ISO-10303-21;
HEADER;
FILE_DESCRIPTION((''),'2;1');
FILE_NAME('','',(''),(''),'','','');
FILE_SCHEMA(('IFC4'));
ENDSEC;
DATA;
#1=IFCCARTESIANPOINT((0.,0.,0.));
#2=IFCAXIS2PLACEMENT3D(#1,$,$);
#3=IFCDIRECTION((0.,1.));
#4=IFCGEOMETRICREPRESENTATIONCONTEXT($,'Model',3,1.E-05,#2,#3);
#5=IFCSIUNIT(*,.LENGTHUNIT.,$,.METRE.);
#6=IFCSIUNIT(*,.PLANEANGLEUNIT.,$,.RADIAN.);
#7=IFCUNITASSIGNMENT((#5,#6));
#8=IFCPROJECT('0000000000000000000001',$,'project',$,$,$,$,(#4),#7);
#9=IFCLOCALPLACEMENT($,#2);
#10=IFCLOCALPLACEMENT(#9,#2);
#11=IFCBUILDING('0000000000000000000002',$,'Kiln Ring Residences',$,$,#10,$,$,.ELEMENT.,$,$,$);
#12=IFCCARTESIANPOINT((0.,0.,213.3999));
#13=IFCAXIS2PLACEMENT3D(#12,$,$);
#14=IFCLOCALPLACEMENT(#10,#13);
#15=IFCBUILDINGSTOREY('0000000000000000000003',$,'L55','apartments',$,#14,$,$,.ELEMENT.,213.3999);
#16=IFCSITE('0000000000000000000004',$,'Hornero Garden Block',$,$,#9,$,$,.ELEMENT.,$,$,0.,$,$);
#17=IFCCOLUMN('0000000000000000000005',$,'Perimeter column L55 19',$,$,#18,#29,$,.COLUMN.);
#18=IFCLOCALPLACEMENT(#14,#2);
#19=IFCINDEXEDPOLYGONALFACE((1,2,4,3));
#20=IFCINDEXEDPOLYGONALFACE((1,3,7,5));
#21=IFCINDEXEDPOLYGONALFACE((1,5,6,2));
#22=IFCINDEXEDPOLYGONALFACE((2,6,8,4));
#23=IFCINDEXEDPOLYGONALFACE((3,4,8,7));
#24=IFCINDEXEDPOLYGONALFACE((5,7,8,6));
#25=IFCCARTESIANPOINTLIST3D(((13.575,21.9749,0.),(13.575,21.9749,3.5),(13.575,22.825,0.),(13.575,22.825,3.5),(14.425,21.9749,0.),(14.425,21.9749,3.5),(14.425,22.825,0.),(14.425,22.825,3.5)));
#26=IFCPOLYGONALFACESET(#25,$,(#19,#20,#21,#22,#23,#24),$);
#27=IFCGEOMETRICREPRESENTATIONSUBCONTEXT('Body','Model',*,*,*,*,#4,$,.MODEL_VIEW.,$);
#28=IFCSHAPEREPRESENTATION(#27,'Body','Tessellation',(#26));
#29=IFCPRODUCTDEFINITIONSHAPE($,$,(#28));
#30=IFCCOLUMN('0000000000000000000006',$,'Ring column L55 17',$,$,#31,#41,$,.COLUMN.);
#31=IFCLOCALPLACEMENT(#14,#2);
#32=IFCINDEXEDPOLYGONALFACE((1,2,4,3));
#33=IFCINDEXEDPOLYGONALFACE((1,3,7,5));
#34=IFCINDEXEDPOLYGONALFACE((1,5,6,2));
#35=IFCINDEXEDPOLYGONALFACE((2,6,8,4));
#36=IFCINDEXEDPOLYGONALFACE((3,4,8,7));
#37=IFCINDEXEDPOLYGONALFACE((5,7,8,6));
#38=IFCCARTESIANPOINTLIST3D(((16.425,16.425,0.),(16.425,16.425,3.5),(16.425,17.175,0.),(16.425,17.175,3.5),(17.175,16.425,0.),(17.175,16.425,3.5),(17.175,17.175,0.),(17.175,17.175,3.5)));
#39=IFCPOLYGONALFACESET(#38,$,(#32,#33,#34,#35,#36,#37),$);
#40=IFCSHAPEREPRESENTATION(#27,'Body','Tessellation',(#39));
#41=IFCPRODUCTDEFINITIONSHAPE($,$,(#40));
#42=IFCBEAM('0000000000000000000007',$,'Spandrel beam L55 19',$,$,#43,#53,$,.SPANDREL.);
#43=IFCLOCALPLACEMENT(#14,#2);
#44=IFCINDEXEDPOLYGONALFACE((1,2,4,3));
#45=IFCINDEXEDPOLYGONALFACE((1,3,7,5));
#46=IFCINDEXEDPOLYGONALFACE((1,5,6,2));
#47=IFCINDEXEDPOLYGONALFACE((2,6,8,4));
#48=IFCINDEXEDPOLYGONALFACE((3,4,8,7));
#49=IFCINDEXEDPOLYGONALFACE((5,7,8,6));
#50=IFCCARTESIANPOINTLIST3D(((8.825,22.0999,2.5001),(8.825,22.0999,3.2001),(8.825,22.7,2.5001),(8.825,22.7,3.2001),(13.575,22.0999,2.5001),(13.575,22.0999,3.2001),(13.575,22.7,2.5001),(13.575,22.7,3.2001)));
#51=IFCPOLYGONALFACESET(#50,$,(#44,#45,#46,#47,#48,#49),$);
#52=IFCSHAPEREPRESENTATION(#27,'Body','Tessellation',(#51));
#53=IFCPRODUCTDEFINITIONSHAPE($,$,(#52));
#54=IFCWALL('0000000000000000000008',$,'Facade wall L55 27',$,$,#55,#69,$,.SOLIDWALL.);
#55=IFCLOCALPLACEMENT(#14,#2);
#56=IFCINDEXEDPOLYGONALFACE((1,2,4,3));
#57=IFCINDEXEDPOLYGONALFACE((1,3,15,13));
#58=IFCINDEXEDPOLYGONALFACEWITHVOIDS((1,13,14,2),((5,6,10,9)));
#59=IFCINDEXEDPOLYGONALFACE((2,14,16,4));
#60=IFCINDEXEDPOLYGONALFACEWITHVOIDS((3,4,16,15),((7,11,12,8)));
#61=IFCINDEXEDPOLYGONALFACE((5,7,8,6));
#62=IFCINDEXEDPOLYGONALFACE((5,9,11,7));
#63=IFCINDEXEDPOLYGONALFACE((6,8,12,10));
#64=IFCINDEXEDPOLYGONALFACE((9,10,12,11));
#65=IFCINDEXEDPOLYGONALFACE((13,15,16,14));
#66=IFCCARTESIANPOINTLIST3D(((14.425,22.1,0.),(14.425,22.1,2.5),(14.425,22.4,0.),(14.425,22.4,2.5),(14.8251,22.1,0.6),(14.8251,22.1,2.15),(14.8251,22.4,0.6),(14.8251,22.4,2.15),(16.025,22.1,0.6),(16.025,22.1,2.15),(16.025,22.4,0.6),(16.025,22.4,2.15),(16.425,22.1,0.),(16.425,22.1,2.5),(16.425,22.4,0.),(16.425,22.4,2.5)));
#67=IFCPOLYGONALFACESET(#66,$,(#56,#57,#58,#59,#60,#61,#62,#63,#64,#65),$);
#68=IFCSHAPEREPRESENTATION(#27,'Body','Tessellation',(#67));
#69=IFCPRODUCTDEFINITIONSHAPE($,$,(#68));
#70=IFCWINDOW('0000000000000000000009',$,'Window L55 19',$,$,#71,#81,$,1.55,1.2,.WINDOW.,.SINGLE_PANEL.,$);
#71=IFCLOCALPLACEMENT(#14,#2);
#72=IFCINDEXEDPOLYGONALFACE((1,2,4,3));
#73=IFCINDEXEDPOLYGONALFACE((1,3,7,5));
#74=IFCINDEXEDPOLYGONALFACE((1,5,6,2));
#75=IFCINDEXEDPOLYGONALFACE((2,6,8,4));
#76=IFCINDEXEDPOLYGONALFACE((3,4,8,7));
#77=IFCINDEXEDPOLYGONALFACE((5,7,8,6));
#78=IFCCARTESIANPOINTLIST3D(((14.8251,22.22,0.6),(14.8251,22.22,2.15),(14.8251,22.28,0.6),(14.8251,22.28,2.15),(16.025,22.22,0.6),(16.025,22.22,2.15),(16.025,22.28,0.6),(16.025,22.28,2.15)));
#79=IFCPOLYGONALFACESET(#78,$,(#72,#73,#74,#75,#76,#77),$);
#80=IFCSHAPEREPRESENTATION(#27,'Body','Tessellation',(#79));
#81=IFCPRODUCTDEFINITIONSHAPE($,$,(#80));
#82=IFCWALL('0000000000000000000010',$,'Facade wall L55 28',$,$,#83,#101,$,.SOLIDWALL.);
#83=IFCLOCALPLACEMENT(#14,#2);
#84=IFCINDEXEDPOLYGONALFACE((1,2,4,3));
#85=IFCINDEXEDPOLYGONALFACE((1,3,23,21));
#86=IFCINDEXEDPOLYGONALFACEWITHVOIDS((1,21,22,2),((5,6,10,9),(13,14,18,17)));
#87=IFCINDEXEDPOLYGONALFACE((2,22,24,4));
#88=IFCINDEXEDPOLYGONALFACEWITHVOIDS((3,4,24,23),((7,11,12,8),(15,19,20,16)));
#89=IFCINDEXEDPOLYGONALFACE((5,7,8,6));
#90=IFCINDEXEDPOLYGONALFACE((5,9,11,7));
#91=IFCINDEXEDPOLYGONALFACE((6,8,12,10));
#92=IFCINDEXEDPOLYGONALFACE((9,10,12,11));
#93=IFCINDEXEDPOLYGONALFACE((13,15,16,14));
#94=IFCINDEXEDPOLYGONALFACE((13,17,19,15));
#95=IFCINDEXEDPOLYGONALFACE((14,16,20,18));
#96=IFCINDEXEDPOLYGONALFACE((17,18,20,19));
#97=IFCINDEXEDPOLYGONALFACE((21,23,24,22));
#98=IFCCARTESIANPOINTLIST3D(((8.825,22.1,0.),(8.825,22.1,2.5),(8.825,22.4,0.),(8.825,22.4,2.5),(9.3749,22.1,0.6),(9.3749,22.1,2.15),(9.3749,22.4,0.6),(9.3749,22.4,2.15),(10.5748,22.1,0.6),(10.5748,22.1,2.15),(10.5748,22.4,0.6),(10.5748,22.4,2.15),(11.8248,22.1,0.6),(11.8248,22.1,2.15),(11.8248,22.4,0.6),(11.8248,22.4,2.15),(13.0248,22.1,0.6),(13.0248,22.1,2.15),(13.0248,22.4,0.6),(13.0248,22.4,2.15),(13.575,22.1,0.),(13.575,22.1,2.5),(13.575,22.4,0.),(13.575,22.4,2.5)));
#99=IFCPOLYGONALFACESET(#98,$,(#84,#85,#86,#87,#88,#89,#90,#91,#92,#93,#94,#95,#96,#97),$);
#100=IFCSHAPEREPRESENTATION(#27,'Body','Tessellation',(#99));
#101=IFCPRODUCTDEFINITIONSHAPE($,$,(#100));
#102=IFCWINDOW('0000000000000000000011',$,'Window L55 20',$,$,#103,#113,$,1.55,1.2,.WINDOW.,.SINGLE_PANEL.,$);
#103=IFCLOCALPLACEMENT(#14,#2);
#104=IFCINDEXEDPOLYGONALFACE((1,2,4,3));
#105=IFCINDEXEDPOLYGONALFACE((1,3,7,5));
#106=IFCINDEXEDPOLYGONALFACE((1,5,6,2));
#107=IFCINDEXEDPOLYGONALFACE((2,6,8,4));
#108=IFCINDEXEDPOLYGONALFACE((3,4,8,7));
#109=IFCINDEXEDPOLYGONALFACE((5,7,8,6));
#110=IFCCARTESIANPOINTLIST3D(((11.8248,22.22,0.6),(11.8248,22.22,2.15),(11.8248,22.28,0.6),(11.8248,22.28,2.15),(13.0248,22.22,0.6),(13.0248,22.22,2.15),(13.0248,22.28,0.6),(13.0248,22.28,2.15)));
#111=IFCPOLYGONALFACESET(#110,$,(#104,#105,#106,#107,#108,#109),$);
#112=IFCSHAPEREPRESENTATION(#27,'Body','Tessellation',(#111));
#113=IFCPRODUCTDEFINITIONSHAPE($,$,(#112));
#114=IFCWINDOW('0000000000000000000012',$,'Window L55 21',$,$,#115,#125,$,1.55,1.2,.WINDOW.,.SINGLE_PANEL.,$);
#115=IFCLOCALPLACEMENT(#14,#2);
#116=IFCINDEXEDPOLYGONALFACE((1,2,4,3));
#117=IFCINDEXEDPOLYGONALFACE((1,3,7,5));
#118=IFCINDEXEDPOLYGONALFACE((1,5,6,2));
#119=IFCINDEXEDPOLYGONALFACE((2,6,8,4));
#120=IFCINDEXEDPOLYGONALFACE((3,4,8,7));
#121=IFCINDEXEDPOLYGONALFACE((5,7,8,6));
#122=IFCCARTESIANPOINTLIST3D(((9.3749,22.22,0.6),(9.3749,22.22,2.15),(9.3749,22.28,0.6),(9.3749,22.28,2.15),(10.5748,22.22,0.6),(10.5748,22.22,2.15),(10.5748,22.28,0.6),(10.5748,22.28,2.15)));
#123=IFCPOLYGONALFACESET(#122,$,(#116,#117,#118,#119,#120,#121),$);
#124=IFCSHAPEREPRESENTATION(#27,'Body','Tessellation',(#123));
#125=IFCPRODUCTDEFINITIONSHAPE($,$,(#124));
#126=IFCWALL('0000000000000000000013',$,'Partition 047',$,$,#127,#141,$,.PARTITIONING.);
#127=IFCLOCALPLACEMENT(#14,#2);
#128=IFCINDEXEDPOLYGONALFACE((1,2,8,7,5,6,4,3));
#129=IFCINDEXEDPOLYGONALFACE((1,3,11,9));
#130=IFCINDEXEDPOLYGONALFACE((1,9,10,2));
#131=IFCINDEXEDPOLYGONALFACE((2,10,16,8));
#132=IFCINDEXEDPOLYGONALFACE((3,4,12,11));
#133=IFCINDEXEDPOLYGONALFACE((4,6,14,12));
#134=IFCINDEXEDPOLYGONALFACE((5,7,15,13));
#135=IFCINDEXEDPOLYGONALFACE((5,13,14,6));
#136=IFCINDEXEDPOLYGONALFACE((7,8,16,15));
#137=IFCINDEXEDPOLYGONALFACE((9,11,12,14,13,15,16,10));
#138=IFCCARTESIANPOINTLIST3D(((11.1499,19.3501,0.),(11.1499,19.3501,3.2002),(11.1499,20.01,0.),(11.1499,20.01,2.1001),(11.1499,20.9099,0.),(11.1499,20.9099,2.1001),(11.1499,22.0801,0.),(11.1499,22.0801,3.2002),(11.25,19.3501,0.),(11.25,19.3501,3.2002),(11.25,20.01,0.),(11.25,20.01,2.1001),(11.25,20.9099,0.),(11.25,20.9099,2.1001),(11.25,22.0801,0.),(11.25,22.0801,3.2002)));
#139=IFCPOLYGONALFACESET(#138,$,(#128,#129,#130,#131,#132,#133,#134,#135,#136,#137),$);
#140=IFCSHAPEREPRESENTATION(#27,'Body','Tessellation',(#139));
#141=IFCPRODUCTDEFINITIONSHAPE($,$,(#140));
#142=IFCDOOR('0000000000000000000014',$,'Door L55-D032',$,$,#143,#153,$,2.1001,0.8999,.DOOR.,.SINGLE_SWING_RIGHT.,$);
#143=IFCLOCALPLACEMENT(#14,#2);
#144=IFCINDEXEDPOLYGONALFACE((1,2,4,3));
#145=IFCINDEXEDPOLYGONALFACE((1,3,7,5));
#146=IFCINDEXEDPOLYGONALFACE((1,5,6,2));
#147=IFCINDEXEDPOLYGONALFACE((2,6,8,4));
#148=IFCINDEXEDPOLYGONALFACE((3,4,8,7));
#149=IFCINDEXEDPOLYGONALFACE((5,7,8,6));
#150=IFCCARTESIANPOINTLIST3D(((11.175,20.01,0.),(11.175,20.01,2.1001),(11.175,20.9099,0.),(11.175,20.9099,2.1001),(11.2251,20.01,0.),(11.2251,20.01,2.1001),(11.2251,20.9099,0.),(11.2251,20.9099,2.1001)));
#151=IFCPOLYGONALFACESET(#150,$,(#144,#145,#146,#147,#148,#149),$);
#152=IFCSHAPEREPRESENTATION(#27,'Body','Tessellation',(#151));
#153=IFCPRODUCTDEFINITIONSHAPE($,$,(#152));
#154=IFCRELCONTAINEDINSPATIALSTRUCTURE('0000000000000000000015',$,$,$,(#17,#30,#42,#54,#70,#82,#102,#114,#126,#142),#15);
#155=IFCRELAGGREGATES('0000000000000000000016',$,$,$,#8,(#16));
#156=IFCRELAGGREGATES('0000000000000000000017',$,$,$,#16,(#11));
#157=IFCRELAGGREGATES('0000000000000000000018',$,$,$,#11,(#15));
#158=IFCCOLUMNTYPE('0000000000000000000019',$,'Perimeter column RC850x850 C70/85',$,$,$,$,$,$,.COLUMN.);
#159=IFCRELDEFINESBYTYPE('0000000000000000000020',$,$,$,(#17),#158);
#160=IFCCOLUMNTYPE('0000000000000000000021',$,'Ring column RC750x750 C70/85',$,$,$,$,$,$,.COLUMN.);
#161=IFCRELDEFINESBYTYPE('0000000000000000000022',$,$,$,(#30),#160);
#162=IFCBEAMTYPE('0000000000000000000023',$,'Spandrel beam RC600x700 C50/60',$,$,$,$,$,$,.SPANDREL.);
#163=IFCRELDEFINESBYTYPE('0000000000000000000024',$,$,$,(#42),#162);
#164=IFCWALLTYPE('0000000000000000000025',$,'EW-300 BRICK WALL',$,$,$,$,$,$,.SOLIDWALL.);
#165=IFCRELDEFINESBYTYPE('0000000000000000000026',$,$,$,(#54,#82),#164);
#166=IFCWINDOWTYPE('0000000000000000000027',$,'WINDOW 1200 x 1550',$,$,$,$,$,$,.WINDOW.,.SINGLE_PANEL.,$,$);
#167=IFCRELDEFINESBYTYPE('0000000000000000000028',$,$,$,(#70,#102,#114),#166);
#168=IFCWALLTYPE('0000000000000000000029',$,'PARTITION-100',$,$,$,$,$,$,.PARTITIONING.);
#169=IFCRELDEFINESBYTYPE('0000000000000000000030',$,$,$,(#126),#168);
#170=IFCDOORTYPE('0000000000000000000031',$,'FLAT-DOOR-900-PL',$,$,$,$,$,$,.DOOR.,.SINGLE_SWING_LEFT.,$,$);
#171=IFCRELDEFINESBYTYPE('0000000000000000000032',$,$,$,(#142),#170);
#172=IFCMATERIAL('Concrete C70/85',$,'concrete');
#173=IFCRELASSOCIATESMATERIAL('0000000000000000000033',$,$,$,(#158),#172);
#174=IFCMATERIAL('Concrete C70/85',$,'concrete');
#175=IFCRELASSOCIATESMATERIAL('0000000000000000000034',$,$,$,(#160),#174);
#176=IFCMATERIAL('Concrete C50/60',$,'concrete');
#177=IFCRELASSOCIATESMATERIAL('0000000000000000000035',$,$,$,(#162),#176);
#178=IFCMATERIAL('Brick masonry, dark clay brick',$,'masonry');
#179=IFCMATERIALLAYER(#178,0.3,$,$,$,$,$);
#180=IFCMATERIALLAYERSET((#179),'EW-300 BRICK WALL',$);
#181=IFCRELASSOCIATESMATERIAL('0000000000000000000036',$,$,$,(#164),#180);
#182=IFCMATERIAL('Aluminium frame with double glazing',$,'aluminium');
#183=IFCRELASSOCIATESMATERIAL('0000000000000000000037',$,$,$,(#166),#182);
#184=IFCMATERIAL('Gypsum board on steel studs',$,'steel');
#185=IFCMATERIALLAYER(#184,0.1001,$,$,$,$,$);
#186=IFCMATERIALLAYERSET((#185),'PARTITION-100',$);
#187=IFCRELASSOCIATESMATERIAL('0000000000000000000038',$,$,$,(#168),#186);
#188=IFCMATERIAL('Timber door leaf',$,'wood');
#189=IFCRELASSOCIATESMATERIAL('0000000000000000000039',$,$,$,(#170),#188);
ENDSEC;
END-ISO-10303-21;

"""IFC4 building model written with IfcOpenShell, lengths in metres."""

from ifc_helpers import new_model, si_unit, direction, frame, frame_2d, origin, origin_2d, place, context, subcontext, project, spatial, rectangle, extrude, material, layer, layer_set, material_profile, profile_set, type_object, element, fill, save


model = new_model("IFC4")

# Units and contexts
model_context = context("Model", 3, precision=1e-05, world=origin(), true_north=direction((0.0, 1.0)))
body_context = subcontext(model_context, "Body", "Model", "MODEL_VIEW")
ifc_project = project(units=[si_unit("LENGTHUNIT", "METRE"), si_unit("PLANEANGLEUNIT", "RADIAN")], contexts=[model_context])

# Site, building, storey
site_placement = place(None, origin())
site = spatial("IfcSite", under=ifc_project, at=site_placement, Name="Hornero Garden Block", CompositionType="ELEMENT", RefElevation=0.0)
building_placement = place(site_placement, origin())
building = spatial("IfcBuilding", under=site, at=building_placement, Name="Kiln Ring Residences", CompositionType="ELEMENT")
storey_placement = place(building_placement, frame((0.0, 0.0, 213.3999)))
storey = spatial("IfcBuildingStorey", under=building, at=storey_placement, Name="L55", Description="apartments", CompositionType="ELEMENT", Elevation=213.3999)

# Columns
ifc_material_1 = material(Name="Concrete C70/85", Category="concrete")
ifc_material_profile_1 = material_profile(ifc_material_1, rectangle(XDim=0.8501, YDim=0.8501, at=origin_2d()), Name="RC850x850")
ifc_profile_set_1 = profile_set([ifc_material_profile_1], Name="Concrete C70/85")
column_type_1 = type_object("IfcColumnType", Name="Perimeter column RC850x850 C70/85", PredefinedType="COLUMN", material=ifc_profile_set_1)
column_1_placement = place(storey_placement, frame((14.0, 22.3999, 0.0), z_axis=(0.0, 0.0, 1.0), x_axis=(1.0, 0.0, 0.0)))
element("IfcColumn", 1, at=column_1_placement, inside=storey, type_object=column_type_1, Name="Perimeter column L55 19", PredefinedType="COLUMN", context=body_context, shape_type="SweptSolid", body=[
    extrude(rectangle(XDim=0.8501, YDim=0.8501, at=origin_2d()), origin(), (0.0, 0.0, 1.0), 3.5),
])
ifc_material_2 = material(Name="Concrete C70/85", Category="concrete")
ifc_material_profile_2 = material_profile(ifc_material_2, rectangle(XDim=0.75, YDim=0.75, at=origin_2d()), Name="RC750x750")
ifc_profile_set_2 = profile_set([ifc_material_profile_2], Name="Concrete C70/85")
column_type_2 = type_object("IfcColumnType", Name="Ring column RC750x750 C70/85", PredefinedType="COLUMN", material=ifc_profile_set_2)
column_2_placement = place(storey_placement, frame((16.8, 16.8, 0.0), z_axis=(0.0, 0.0, 1.0), x_axis=(1.0, 0.0, 0.0)))
element("IfcColumn", 2, at=column_2_placement, inside=storey, type_object=column_type_2, Name="Ring column L55 17", PredefinedType="COLUMN", context=body_context, shape_type="SweptSolid", body=[
    extrude(rectangle(XDim=0.75, YDim=0.75, at=origin_2d()), origin(), (0.0, 0.0, 1.0), 3.5),
])

# Beam
ifc_material_3 = material(Name="Concrete C50/60", Category="concrete")
ifc_material_profile_3 = material_profile(ifc_material_3, rectangle(XDim=0.6001, YDim=0.7, at=origin_2d()), Name="RC600x700")
ifc_profile_set_3 = profile_set([ifc_material_profile_3], Name="Concrete C50/60")
beam_type = type_object("IfcBeamType", Name="Spandrel beam RC600x700 C50/60", PredefinedType="SPANDREL", material=ifc_profile_set_3)
beam_placement = place(storey_placement, frame((13.575, 22.3999, 2.8501), z_axis=(-1.0, 0.0, 0.0), x_axis=(0.0, -1.0, 0.0)))
element("IfcBeam", 3, at=beam_placement, inside=storey, type_object=beam_type, Name="Spandrel beam L55 19", PredefinedType="SPANDREL", context=body_context, shape_type="SweptSolid", body=[
    extrude(rectangle(XDim=0.6001, YDim=0.7, at=origin_2d()), origin(), (0.0, 0.0, 1.0), 4.75),
])

# Wall, opening, window
ifc_material_4 = material(Name="Brick masonry, dark clay brick", Category="masonry")
ifc_layer_1 = layer(ifc_material_4, 0.3)
ifc_layer_set_1 = layer_set([ifc_layer_1], Name="EW-300 BRICK WALL")
wall_type_1 = type_object("IfcWallType", Name="EW-300 BRICK WALL", PredefinedType="SOLIDWALL", material=ifc_layer_set_1)
wall_1_placement = place(storey_placement, frame((16.425, 22.25, 0.0), z_axis=(0.0, 0.0, 1.0), x_axis=(-1.0, 0.0, 0.0)))
wall_1 = element("IfcWall", 4, at=wall_1_placement, inside=storey, type_object=wall_type_1, Name="Facade wall L55 27", PredefinedType="SOLIDWALL", context=body_context, shape_type="SweptSolid", body=[
    extrude(rectangle(XDim=2.0, YDim=0.3, at=frame_2d((1.0, 0.0))), origin(), (0.0, 0.0, 1.0), 2.5),
])
opening_1_placement = place(wall_1_placement, frame((0.3999, 0.0, 0.6001)))
opening_1 = element("IfcOpeningElement", 5, at=opening_1_placement, cuts=wall_1, PredefinedType="OPENING", context=body_context, shape_type="SweptSolid", body=[
    extrude(rectangle(XDim=1.2, YDim=1.55, at=frame_2d((0.6001, 0.7749))), frame((0.0, 0.1599, 0.0), z_axis=(0.0, -1.0, 0.0), x_axis=(1.0, 0.0, 0.0)), (0.0, 0.0, 1.0), 0.3201),
])
ifc_material_5 = material(Name="Aluminium frame with double glazing", Category="aluminium")
window_type = type_object("IfcWindowType", Name="WINDOW 1200 x 1550", PartitioningType="SINGLE_PANEL", PredefinedType="WINDOW", material=ifc_material_5)
window_1_placement = place(opening_1_placement, origin())
window_1 = element("IfcWindow", 6, at=window_1_placement, inside=storey, type_object=window_type, Name="Window L55 19", OverallHeight=1.55, OverallWidth=1.2, PartitioningType="SINGLE_PANEL", PredefinedType="WINDOW", context=body_context, shape_type="SweptSolid", body=[
    extrude(rectangle(XDim=1.2, YDim=1.55, at=frame_2d((0.6001, 0.7749))), frame((0.0, 0.03, 0.0), z_axis=(0.0, -1.0, 0.0), x_axis=(1.0, 0.0, 0.0)), (0.0, 0.0, 1.0), 0.0601),
])
fill(opening_1, window_1)

# Wall, openings, windows
wall_2_placement = place(storey_placement, frame((13.575, 22.25, 0.0), z_axis=(0.0, 0.0, 1.0), x_axis=(-1.0, 0.0, 0.0)))
wall_2 = element("IfcWall", 7, at=wall_2_placement, inside=storey, type_object=wall_type_1, Name="Facade wall L55 28", PredefinedType="SOLIDWALL", context=body_context, shape_type="SweptSolid", body=[
    extrude(rectangle(XDim=4.75, YDim=0.3, at=frame_2d((2.375, 0.0))), origin(), (0.0, 0.0, 1.0), 2.5),
])
opening_2_placement = place(wall_2_placement, frame((0.55, 0.0, 0.6001)))
opening_2 = element("IfcOpeningElement", 8, at=opening_2_placement, cuts=wall_2, PredefinedType="OPENING", context=body_context, shape_type="SweptSolid", body=[
    extrude(rectangle(XDim=1.2, YDim=1.55, at=frame_2d((0.6001, 0.7749))), frame((0.0, 0.1599, 0.0), z_axis=(0.0, -1.0, 0.0), x_axis=(1.0, 0.0, 0.0)), (0.0, 0.0, 1.0), 0.3201),
])
opening_3_placement = place(wall_2_placement, frame((3.0, 0.0, 0.6001)))
opening_3 = element("IfcOpeningElement", 9, at=opening_3_placement, cuts=wall_2, PredefinedType="OPENING", context=body_context, shape_type="SweptSolid", body=[
    extrude(rectangle(XDim=1.2, YDim=1.55, at=frame_2d((0.6001, 0.7749))), frame((0.0, 0.1599, 0.0), z_axis=(0.0, -1.0, 0.0), x_axis=(1.0, 0.0, 0.0)), (0.0, 0.0, 1.0), 0.3201),
])
window_2_placement = place(opening_2_placement, origin())
window_2 = element("IfcWindow", 10, at=window_2_placement, inside=storey, type_object=window_type, Name="Window L55 20", OverallHeight=1.55, OverallWidth=1.2, PartitioningType="SINGLE_PANEL", PredefinedType="WINDOW", context=body_context, shape_type="SweptSolid", body=[
    extrude(rectangle(XDim=1.2, YDim=1.55, at=frame_2d((0.6001, 0.7749))), frame((0.0, 0.03, 0.0), z_axis=(0.0, -1.0, 0.0), x_axis=(1.0, 0.0, 0.0)), (0.0, 0.0, 1.0), 0.0601),
])
fill(opening_2, window_2)
window_3_placement = place(opening_3_placement, origin())
window_3 = element("IfcWindow", 11, at=window_3_placement, inside=storey, type_object=window_type, Name="Window L55 21", OverallHeight=1.55, OverallWidth=1.2, PartitioningType="SINGLE_PANEL", PredefinedType="WINDOW", context=body_context, shape_type="SweptSolid", body=[
    extrude(rectangle(XDim=1.2, YDim=1.55, at=frame_2d((0.6001, 0.7749))), frame((0.0, 0.03, 0.0), z_axis=(0.0, -1.0, 0.0), x_axis=(1.0, 0.0, 0.0)), (0.0, 0.0, 1.0), 0.0601),
])
fill(opening_3, window_3)

# Wall, opening, door
ifc_material_6 = material(Name="Gypsum board on steel studs", Category="steel")
ifc_layer_2 = layer(ifc_material_6, 0.1001)
ifc_layer_set_2 = layer_set([ifc_layer_2], Name="PARTITION-100")
wall_type_2 = type_object("IfcWallType", Name="PARTITION-100", PredefinedType="PARTITIONING", material=ifc_layer_set_2)
wall_3_placement = place(storey_placement, frame((11.2, 19.3501, 0.0), z_axis=(0.0, 0.0, 1.0), x_axis=(0.0, 1.0, 0.0)))
wall_3 = element("IfcWall", 12, at=wall_3_placement, inside=storey, type_object=wall_type_2, Name="Partition 047", PredefinedType="PARTITIONING", context=body_context, shape_type="SweptSolid", body=[
    extrude(rectangle(XDim=2.73, YDim=0.1001, at=frame_2d((1.365, 0.0))), origin(), (0.0, 0.0, 1.0), 3.2002),
])
opening_4_placement = place(wall_3_placement, frame((0.6599, 0.0, 0.0)))
opening_4 = element("IfcOpeningElement", 13, at=opening_4_placement, cuts=wall_3, PredefinedType="OPENING", context=body_context, shape_type="SweptSolid", body=[
    extrude(rectangle(XDim=0.8999, YDim=2.1001, at=frame_2d((0.45, 1.05))), frame((0.0, 0.0601, 0.0), z_axis=(0.0, -1.0, 0.0), x_axis=(1.0, 0.0, 0.0)), (0.0, 0.0, 1.0), 0.1201),
])
ifc_material_7 = material(Name="Timber door leaf", Category="wood")
door_type = type_object("IfcDoorType", Name="FLAT-DOOR-900-PL", OperationType="SINGLE_SWING_LEFT", PredefinedType="DOOR", material=ifc_material_7)
door_1_placement = place(opening_4_placement, origin())
door_1 = element("IfcDoor", 14, at=door_1_placement, inside=storey, type_object=door_type, Name="Door L55-D032", OperationType="SINGLE_SWING_RIGHT", OverallHeight=2.1001, OverallWidth=0.8999, PredefinedType="DOOR", context=body_context, shape_type="SweptSolid", body=[
    extrude(rectangle(XDim=0.8999, YDim=2.1001, at=frame_2d((0.45, 1.05))), frame((0.0, 0.0249, 0.0), z_axis=(0.0, -1.0, 0.0), x_axis=(1.0, 0.0, 0.0)), (0.0, 0.0, 1.0), 0.05),
])
fill(opening_4, door_1)

save(model, "model.ifc")
